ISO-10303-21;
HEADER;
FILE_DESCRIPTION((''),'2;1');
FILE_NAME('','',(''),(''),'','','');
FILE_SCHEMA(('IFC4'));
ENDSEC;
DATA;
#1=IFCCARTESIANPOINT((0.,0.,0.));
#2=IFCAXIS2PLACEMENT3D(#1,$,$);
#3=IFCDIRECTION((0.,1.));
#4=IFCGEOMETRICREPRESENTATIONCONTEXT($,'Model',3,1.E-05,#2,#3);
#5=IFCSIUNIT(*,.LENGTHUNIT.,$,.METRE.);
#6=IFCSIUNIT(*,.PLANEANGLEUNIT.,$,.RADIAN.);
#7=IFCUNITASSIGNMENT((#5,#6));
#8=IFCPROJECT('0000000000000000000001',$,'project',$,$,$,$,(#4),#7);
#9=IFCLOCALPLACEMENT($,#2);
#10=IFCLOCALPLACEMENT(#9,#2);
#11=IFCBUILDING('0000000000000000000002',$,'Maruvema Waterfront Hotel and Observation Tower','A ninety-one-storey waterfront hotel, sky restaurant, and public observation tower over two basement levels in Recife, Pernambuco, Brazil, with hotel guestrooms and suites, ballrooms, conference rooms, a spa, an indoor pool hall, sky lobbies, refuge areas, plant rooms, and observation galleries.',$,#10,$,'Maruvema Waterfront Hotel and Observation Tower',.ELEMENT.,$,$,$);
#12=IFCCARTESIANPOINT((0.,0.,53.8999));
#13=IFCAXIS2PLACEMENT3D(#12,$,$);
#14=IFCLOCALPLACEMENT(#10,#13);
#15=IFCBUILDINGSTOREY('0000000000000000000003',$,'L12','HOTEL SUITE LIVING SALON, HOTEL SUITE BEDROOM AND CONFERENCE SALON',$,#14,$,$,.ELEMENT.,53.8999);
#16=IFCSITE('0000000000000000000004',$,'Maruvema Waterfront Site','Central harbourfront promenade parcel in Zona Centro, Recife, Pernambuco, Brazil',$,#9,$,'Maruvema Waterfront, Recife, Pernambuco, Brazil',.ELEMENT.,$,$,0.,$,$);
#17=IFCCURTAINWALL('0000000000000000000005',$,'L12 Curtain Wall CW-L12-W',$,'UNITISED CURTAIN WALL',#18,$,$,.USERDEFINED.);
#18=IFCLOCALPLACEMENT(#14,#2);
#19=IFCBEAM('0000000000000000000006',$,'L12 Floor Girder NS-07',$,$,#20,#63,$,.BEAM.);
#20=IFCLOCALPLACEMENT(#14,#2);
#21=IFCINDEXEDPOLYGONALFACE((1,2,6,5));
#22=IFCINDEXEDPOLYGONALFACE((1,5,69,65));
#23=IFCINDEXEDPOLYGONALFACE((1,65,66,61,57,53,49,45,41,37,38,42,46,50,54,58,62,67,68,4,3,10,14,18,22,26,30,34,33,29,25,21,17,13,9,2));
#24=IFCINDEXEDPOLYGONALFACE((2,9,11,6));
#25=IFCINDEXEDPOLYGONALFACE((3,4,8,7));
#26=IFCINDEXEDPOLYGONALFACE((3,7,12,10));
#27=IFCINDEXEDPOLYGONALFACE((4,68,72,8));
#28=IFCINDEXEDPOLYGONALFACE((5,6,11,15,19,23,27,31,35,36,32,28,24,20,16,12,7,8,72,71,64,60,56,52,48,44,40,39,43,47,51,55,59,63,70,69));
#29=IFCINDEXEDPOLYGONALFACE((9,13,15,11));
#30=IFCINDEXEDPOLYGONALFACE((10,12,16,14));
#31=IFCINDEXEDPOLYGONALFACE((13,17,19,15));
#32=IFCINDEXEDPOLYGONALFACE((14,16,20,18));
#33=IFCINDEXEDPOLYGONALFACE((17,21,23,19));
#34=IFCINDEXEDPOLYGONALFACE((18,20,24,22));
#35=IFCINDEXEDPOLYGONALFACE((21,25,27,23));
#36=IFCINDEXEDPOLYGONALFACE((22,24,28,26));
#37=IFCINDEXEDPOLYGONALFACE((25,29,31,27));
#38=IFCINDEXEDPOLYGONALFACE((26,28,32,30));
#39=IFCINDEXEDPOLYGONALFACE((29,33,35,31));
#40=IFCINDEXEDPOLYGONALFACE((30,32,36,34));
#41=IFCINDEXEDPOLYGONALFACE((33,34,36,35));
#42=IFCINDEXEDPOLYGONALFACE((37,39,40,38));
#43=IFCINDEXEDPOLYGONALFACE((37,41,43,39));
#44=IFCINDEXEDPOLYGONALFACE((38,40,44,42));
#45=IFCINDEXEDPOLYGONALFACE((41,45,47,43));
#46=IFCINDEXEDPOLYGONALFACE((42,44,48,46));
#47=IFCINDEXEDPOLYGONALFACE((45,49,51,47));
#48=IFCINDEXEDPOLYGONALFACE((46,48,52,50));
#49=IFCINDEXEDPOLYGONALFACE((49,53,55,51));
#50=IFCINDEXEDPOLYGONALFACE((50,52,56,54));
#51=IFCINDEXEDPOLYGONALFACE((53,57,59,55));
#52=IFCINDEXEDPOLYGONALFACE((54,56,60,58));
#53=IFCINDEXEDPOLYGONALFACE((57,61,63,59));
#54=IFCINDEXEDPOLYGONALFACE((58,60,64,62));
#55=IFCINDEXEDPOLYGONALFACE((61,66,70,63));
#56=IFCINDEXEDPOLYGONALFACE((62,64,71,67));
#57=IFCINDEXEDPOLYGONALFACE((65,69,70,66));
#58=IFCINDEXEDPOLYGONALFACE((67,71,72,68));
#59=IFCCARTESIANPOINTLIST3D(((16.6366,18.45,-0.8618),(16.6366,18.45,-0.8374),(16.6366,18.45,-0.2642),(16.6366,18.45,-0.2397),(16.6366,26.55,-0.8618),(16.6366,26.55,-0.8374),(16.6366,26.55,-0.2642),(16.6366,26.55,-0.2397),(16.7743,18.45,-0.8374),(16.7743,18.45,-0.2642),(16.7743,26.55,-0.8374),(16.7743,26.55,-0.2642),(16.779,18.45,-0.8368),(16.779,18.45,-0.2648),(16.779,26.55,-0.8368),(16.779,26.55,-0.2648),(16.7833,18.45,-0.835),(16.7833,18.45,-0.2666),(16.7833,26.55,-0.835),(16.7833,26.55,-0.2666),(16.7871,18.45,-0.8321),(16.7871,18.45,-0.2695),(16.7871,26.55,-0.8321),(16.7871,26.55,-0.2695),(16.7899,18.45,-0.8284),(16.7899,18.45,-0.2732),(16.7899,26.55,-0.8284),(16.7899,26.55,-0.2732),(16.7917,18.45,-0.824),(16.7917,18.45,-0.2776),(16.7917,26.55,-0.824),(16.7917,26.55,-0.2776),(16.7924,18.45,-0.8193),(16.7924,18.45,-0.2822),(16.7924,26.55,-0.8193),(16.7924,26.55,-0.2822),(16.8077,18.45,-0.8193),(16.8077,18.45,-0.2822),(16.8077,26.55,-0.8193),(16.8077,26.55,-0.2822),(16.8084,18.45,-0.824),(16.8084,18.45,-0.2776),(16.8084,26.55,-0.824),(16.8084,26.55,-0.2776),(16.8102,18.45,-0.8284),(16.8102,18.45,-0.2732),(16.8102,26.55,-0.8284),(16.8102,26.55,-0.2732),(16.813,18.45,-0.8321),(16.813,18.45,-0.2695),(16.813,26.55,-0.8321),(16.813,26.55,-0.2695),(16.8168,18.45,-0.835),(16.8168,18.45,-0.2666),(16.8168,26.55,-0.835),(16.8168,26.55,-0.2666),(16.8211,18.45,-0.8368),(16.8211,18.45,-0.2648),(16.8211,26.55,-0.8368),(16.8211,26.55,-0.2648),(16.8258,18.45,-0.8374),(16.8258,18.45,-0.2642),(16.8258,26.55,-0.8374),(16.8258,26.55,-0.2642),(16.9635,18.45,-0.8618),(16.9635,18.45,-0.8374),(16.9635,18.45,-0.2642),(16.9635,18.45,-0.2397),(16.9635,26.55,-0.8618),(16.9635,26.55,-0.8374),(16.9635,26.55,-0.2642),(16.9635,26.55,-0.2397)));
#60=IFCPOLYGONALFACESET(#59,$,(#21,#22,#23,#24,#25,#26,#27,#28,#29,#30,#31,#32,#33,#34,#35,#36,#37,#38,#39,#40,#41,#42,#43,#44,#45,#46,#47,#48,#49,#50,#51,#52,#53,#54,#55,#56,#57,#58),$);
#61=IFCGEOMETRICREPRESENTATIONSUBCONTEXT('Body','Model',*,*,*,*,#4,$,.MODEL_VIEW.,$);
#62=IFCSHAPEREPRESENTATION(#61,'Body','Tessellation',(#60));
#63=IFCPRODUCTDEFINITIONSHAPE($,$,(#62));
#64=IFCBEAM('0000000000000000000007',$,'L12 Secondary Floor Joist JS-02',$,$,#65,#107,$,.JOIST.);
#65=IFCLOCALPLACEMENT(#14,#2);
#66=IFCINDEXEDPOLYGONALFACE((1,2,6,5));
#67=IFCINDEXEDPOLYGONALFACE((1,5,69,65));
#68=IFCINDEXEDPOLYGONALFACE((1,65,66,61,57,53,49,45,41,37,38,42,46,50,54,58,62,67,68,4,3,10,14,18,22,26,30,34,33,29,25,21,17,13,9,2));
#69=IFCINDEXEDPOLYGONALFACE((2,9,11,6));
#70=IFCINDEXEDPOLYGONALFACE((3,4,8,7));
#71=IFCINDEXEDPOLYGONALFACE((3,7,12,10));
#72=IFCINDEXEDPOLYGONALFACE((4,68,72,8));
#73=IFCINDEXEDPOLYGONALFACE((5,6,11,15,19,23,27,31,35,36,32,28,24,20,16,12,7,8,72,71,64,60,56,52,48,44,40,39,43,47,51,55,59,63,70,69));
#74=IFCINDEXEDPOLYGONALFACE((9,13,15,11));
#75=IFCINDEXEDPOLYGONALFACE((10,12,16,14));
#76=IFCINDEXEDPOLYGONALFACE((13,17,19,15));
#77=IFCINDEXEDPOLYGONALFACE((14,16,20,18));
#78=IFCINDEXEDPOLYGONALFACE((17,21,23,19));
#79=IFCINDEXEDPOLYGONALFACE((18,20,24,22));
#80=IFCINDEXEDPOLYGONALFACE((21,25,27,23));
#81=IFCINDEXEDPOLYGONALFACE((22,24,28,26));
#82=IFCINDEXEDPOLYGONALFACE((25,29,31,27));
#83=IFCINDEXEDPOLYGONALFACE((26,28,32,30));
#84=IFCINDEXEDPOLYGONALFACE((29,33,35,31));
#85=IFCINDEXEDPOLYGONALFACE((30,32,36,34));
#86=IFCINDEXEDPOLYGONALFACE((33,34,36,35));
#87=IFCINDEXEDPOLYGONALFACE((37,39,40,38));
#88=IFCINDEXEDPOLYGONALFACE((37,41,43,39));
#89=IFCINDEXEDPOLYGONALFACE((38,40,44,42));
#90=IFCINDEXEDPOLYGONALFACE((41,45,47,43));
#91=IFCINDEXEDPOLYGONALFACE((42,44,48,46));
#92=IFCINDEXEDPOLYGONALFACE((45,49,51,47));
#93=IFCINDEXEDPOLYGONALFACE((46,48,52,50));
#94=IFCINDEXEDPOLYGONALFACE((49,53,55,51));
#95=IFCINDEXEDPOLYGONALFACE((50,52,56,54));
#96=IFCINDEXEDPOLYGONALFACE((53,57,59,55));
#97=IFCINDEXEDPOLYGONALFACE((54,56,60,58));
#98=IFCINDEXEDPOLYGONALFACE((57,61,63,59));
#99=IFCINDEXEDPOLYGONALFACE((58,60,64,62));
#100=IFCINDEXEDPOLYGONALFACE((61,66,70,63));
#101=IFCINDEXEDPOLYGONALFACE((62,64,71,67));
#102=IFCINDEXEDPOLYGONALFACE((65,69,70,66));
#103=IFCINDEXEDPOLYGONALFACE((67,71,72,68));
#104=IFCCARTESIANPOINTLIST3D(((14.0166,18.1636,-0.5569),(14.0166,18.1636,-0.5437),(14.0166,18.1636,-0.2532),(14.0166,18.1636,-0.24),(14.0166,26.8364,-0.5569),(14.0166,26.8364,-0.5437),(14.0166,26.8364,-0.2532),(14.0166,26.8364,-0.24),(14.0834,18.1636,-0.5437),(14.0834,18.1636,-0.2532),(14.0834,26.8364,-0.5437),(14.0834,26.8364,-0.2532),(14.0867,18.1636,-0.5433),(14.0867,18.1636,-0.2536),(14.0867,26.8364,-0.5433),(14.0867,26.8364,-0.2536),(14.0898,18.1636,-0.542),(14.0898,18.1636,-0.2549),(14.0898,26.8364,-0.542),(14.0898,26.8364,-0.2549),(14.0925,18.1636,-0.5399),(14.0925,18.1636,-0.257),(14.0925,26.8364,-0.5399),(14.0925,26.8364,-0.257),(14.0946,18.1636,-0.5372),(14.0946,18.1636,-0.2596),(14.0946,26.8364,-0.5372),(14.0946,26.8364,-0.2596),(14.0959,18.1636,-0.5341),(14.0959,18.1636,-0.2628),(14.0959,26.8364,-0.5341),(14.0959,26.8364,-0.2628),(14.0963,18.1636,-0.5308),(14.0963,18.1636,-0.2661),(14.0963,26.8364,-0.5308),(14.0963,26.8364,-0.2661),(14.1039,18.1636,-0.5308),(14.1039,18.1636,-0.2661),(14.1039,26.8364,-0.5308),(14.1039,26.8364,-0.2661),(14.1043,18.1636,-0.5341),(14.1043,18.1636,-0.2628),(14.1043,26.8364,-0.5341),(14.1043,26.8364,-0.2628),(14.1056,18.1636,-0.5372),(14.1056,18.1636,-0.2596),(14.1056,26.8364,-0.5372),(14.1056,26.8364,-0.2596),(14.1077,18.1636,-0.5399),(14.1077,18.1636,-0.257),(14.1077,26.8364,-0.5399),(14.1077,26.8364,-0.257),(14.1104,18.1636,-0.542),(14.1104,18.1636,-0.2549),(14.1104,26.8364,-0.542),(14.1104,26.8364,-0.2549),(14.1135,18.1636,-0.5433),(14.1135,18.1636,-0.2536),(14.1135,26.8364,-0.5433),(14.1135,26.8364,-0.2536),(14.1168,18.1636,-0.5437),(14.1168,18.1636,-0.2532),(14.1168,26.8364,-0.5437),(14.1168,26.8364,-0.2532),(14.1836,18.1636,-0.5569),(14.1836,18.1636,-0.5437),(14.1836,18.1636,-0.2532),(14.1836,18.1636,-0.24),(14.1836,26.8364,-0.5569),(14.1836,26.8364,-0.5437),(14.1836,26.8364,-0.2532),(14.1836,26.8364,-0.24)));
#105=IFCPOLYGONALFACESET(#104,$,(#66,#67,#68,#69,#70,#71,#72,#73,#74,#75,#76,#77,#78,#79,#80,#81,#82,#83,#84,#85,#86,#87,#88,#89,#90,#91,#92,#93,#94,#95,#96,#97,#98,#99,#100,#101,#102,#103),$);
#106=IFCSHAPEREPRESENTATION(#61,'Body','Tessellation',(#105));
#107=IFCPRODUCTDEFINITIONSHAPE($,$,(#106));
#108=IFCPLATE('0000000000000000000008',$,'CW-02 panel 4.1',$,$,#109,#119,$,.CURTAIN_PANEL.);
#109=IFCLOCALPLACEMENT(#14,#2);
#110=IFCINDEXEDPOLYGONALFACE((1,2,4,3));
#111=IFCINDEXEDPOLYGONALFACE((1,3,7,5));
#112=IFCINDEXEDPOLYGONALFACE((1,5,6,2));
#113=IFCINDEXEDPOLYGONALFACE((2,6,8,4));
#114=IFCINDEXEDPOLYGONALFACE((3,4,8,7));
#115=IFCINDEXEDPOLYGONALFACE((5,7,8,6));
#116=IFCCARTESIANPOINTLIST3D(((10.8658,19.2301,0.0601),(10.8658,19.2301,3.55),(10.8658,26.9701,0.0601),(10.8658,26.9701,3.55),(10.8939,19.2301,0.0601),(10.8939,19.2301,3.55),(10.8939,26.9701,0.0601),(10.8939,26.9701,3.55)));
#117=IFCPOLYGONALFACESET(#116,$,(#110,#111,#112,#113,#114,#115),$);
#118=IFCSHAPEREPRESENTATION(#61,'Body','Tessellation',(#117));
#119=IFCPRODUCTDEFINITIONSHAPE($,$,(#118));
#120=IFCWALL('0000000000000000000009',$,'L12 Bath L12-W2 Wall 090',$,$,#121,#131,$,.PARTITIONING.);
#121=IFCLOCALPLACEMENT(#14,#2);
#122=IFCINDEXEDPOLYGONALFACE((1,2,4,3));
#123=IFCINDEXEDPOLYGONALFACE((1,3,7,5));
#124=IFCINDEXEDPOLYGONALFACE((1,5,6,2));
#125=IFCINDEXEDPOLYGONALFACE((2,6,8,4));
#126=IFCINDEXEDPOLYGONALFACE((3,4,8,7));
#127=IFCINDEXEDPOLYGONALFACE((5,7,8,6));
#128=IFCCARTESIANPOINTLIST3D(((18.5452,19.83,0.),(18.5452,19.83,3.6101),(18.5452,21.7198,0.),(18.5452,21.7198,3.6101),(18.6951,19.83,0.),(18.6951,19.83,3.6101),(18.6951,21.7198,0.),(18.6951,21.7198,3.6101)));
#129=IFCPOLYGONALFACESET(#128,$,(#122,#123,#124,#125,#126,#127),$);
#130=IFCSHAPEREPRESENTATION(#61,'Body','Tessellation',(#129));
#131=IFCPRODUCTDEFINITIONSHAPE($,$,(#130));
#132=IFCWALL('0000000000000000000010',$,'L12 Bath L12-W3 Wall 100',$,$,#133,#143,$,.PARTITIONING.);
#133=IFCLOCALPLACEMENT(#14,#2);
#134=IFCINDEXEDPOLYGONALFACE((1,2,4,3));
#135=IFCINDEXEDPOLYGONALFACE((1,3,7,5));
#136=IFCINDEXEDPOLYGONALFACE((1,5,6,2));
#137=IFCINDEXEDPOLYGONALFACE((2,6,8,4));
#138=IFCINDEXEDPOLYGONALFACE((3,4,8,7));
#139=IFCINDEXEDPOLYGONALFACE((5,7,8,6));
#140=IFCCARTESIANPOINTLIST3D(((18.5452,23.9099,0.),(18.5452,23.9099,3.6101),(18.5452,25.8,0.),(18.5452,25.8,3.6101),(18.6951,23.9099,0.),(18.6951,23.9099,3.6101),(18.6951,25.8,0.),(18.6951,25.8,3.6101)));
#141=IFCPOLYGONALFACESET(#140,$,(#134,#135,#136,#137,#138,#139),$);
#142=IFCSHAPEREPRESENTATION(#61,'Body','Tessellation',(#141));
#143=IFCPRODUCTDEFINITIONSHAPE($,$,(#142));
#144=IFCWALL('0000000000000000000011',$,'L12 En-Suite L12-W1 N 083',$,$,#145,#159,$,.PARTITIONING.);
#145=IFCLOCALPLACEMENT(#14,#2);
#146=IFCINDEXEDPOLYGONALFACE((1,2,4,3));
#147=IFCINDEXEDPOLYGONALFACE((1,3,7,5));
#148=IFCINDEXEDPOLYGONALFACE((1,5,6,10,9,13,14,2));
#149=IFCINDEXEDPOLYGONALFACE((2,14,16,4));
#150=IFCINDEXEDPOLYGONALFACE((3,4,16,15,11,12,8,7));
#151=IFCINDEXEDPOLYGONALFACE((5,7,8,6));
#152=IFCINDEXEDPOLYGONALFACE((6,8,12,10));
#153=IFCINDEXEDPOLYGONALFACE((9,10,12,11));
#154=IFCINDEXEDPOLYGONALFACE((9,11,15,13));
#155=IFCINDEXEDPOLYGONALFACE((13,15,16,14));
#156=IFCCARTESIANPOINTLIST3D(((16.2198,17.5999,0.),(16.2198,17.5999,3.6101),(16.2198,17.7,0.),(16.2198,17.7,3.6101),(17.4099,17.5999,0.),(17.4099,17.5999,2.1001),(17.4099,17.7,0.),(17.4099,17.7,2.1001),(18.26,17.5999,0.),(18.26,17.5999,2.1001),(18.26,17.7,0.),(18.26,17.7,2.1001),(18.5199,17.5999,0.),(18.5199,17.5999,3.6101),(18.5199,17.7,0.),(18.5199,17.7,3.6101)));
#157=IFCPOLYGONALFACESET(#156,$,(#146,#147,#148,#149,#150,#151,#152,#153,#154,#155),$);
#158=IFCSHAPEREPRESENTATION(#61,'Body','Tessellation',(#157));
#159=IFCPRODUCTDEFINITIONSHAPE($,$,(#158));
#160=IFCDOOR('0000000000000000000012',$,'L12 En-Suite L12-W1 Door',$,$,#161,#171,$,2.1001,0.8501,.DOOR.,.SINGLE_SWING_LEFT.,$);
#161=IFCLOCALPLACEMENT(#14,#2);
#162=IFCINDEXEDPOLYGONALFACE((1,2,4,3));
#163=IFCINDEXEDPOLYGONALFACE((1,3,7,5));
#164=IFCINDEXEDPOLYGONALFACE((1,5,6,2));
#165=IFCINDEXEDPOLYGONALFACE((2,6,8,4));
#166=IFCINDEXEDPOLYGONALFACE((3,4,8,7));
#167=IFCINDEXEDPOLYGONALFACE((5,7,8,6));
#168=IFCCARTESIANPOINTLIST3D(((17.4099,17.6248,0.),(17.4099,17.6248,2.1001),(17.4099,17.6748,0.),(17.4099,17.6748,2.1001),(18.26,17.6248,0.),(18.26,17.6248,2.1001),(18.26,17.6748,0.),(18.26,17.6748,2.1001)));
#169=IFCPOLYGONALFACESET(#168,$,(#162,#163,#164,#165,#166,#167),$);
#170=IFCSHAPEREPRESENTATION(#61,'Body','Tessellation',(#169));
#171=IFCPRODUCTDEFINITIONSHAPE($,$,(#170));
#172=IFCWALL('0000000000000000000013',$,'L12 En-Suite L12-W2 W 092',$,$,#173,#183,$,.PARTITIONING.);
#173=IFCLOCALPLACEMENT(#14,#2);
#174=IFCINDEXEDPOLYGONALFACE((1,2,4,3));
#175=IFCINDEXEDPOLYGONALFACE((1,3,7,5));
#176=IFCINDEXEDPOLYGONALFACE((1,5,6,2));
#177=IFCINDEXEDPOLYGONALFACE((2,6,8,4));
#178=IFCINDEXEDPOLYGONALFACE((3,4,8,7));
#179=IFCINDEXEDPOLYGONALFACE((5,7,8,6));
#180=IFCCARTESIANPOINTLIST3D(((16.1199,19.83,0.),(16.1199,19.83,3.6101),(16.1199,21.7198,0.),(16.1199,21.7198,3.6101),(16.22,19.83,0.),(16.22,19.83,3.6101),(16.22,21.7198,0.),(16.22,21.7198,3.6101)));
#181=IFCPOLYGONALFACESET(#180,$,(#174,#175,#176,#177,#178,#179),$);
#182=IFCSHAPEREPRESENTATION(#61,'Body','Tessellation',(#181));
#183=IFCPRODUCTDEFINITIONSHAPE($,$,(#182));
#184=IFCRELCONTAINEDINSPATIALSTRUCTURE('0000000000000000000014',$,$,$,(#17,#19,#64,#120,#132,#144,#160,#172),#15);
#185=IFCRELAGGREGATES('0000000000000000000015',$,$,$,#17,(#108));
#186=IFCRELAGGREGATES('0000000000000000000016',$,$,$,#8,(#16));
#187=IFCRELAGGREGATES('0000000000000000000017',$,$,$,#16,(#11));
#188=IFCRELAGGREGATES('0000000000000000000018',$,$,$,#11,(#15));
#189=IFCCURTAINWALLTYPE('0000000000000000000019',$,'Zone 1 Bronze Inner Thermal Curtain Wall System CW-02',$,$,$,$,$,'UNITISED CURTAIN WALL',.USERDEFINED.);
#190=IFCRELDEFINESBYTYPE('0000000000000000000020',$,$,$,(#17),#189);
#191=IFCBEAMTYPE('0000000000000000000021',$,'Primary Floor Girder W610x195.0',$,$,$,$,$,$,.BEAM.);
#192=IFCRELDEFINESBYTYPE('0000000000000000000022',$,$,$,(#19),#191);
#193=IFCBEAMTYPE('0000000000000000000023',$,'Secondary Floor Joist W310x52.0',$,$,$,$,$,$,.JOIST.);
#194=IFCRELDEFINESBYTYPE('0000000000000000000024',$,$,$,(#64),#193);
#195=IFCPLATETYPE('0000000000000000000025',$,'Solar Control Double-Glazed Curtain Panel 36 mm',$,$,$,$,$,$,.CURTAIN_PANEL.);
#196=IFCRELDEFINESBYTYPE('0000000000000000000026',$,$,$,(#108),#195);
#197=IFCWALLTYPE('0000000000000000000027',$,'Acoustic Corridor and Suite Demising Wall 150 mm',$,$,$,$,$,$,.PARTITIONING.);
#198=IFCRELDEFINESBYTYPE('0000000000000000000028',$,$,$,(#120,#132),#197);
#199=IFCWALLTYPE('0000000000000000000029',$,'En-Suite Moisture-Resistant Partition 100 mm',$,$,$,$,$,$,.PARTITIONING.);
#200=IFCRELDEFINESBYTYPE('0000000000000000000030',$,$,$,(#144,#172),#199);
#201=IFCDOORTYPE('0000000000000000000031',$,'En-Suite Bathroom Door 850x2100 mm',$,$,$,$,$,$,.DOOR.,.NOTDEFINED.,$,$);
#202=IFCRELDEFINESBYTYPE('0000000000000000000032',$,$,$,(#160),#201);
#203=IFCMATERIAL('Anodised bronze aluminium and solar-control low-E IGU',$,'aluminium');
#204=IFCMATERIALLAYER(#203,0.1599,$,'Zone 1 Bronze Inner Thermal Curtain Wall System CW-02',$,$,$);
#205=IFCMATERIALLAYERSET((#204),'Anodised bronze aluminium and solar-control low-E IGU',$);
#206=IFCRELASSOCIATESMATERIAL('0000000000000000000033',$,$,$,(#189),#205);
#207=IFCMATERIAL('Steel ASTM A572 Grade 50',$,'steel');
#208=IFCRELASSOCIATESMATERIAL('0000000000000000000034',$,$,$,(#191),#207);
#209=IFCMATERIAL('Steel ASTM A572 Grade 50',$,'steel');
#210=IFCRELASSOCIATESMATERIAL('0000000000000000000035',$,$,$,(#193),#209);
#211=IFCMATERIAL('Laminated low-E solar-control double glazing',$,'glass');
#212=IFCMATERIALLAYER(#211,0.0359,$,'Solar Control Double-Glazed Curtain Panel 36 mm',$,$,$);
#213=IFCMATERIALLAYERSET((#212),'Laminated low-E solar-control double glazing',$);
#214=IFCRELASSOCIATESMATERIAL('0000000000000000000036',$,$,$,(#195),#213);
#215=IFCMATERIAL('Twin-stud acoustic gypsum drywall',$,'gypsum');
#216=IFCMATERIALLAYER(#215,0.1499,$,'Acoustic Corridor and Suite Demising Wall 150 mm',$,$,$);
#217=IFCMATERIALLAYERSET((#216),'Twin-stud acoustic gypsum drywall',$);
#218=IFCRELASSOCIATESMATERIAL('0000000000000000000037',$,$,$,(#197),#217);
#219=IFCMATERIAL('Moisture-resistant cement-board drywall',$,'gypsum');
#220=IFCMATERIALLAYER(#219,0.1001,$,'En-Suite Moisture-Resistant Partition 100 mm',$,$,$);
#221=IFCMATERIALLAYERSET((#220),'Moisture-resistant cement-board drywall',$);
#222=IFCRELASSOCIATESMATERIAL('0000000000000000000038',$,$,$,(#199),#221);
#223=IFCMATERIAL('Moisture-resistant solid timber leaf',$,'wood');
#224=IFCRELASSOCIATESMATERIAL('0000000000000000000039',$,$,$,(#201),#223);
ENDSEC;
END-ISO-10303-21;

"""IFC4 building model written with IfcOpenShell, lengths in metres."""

from ifc_helpers import new_model, si_unit, direction, frame, frame_2d, origin, origin_2d, place, context, subcontext, project, spatial, rectangle, i_section, extrude, material, layer, layer_set, material_profile, profile_set, type_object, element, fill, aggregate, save


model = new_model("IFC4")

# Units and contexts
model_context = context("Model", 3, precision=1e-05, world=origin(), true_north=direction((0.0, 1.0)))
body_context = subcontext(model_context, "Body", "Model", "MODEL_VIEW")
ifc_project = project(units=[si_unit("LENGTHUNIT", "METRE"), si_unit("PLANEANGLEUNIT", "RADIAN")], contexts=[model_context])

# Site, building, storey
site_placement = place(None, origin())
site = spatial("IfcSite", under=ifc_project, at=site_placement, Name="Maruvema Waterfront Site", Description="Central harbourfront promenade parcel in Zona Centro, Recife, Pernambuco, Brazil", LongName="Maruvema Waterfront, Recife, Pernambuco, Brazil", CompositionType="ELEMENT", RefElevation=0.0)
building_placement = place(site_placement, origin())
building = spatial("IfcBuilding", under=site, at=building_placement, Name="Maruvema Waterfront Hotel and Observation Tower", Description="A ninety-one-storey waterfront hotel, sky restaurant, and public observation tower over two basement levels in Recife, Pernambuco, Brazil, with hotel guestrooms and suites, ballrooms, conference rooms, a spa, an indoor pool hall, sky lobbies, refuge areas, plant rooms, and observation galleries.", LongName="Maruvema Waterfront Hotel and Observation Tower", CompositionType="ELEMENT")
storey_placement = place(building_placement, frame((0.0, 0.0, 53.8999)))
storey = spatial("IfcBuildingStorey", under=building, at=storey_placement, Name="L12", Description="HOTEL SUITE LIVING SALON, HOTEL SUITE BEDROOM AND CONFERENCE SALON", CompositionType="ELEMENT", Elevation=53.8999)

# Curtain wall
ifc_material_1 = material(Name="Anodised bronze aluminium and solar-control low-E IGU", Category="aluminium")
ifc_layer_1 = layer(ifc_material_1, 0.1599, Name="Zone 1 Bronze Inner Thermal Curtain Wall System CW-02")
ifc_layer_set_1 = layer_set([ifc_layer_1], Name="Anodised bronze aluminium and solar-control low-E IGU")
curtain_wall_type = type_object("IfcCurtainWallType", Name="Zone 1 Bronze Inner Thermal Curtain Wall System CW-02", ElementType="UNITISED CURTAIN WALL", PredefinedType="USERDEFINED", material=ifc_layer_set_1)
curtain_wall_placement = place(storey_placement, origin())
curtain_wall = element("IfcCurtainWall", 1, at=curtain_wall_placement, inside=storey, type_object=curtain_wall_type, Name="L12 Curtain Wall CW-L12-W", ObjectType="UNITISED CURTAIN WALL", PredefinedType="USERDEFINED")

# Beams
ifc_material_2 = material(Name="Steel ASTM A572 Grade 50", Category="steel")
ifc_material_profile_1 = material_profile(ifc_material_2, i_section(OverallWidth=0.3269, OverallDepth=0.6221, WebThickness=0.0154, FlangeThickness=0.0244, FilletRadius=0.0181, at=origin_2d()), Name="W610x195.0")
ifc_profile_set_1 = profile_set([ifc_material_profile_1], Name="Steel ASTM A572 Grade 50")
beam_type_1 = type_object("IfcBeamType", Name="Primary Floor Girder W610x195.0", PredefinedType="BEAM", material=ifc_profile_set_1)
beam_1_placement = place(storey_placement, frame((16.8, 18.45, -0.5508), z_axis=(0.0, 1.0, 0.0), x_axis=(-1.0, 0.0, 0.0)))
element("IfcBeam", 2, at=beam_1_placement, inside=storey, type_object=beam_type_1, Name="L12 Floor Girder NS-07", PredefinedType="BEAM", context=body_context, shape_type="SweptSolid", body=[
    extrude(i_section(OverallWidth=0.3269, OverallDepth=0.6221, WebThickness=0.0154, FlangeThickness=0.0244, FilletRadius=0.0181, at=origin_2d()), origin(), (0.0, 0.0, 1.0), 8.1001),
])
ifc_material_3 = material(Name="Steel ASTM A572 Grade 50", Category="steel")
ifc_material_profile_2 = material_profile(ifc_material_3, i_section(OverallWidth=0.167, OverallDepth=0.3169, WebThickness=0.0076, FlangeThickness=0.0132, FilletRadius=0.0129, at=origin_2d()), Name="W310x52.0")
ifc_profile_set_2 = profile_set([ifc_material_profile_2], Name="Steel ASTM A572 Grade 50")
beam_type_2 = type_object("IfcBeamType", Name="Secondary Floor Joist W310x52.0", PredefinedType="JOIST", material=ifc_profile_set_2)
beam_2_placement = place(storey_placement, frame((14.1001, 18.1636, -0.3984), z_axis=(0.0, 1.0, 0.0), x_axis=(-1.0, 0.0, 0.0)))
element("IfcBeam", 3, at=beam_2_placement, inside=storey, type_object=beam_type_2, Name="L12 Secondary Floor Joist JS-02", PredefinedType="JOIST", context=body_context, shape_type="SweptSolid", body=[
    extrude(i_section(OverallWidth=0.167, OverallDepth=0.3169, WebThickness=0.0076, FlangeThickness=0.0132, FilletRadius=0.0129, at=origin_2d()), origin(), (0.0, 0.0, 1.0), 8.6729),
])

# Plate
ifc_material_4 = material(Name="Laminated low-E solar-control double glazing", Category="glass")
ifc_layer_2 = layer(ifc_material_4, 0.0359, Name="Solar Control Double-Glazed Curtain Panel 36 mm")
ifc_layer_set_2 = layer_set([ifc_layer_2], Name="Laminated low-E solar-control double glazing")
plate_type = type_object("IfcPlateType", Name="Solar Control Double-Glazed Curtain Panel 36 mm", PredefinedType="CURTAIN_PANEL", material=ifc_layer_set_2)
plate_placement = place(storey_placement, frame((10.8799, 23.1001, 0.0601), z_axis=(0.0, 0.0, 1.0), x_axis=(0.0, -1.0, 0.0)))
plate = element("IfcPlate", 4, at=plate_placement, type_object=plate_type, Name="CW-02 panel 4.1", PredefinedType="CURTAIN_PANEL", context=body_context, shape_type="SweptSolid", body=[
    extrude(rectangle(XDim=7.74, YDim=0.0281, at=origin_2d()), origin(), (0.0, 0.0, 1.0), 3.49),
])
aggregate(curtain_wall, [plate])

# Shared definitions
ifc_material_5 = material(Name="Twin-stud acoustic gypsum drywall", Category="gypsum")
ifc_layer_3 = layer(ifc_material_5, 0.1499, Name="Acoustic Corridor and Suite Demising Wall 150 mm")
ifc_layer_set_3 = layer_set([ifc_layer_3], Name="Twin-stud acoustic gypsum drywall")
wall_type_1 = type_object("IfcWallType", Name="Acoustic Corridor and Suite Demising Wall 150 mm", PredefinedType="PARTITIONING", material=ifc_layer_set_3)

# Wall
wall_1_placement = place(storey_placement, frame((18.6201, 19.8301, 0.0), z_axis=(0.0, 0.0, 1.0), x_axis=(0.0, 1.0, 0.0)))
element("IfcWall", 5, at=wall_1_placement, inside=storey, type_object=wall_type_1, Name="L12 Bath L12-W2 Wall 090", PredefinedType="PARTITIONING", context=body_context, shape_type="SweptSolid", body=[
    extrude(rectangle(XDim=1.8899, YDim=0.1499, at=frame_2d((0.9448, 0.0))), origin(), (0.0, 0.0, 1.0), 3.6101),
])

# Wall
wall_2_placement = place(storey_placement, frame((18.6201, 23.9099, 0.0), z_axis=(0.0, 0.0, 1.0), x_axis=(0.0, 1.0, 0.0)))
element("IfcWall", 6, at=wall_2_placement, inside=storey, type_object=wall_type_1, Name="L12 Bath L12-W3 Wall 100", PredefinedType="PARTITIONING", context=body_context, shape_type="SweptSolid", body=[
    extrude(rectangle(XDim=1.8901, YDim=0.1499, at=frame_2d((0.9451, 0.0))), origin(), (0.0, 0.0, 1.0), 3.6101),
])

# Wall, opening, door
ifc_material_6 = material(Name="Moisture-resistant cement-board drywall", Category="gypsum")
ifc_layer_4 = layer(ifc_material_6, 0.1001, Name="En-Suite Moisture-Resistant Partition 100 mm")
ifc_layer_set_4 = layer_set([ifc_layer_4], Name="Moisture-resistant cement-board drywall")
wall_type_2 = type_object("IfcWallType", Name="En-Suite Moisture-Resistant Partition 100 mm", PredefinedType="PARTITIONING", material=ifc_layer_set_4)
wall_3_placement = place(storey_placement, frame((16.22, 17.6499, 0.0), z_axis=(0.0, 0.0, 1.0), x_axis=(1.0, 0.0, 0.0)))
wall_3 = element("IfcWall", 7, at=wall_3_placement, inside=storey, type_object=wall_type_2, Name="L12 En-Suite L12-W1 N 083", PredefinedType="PARTITIONING", context=body_context, shape_type="SweptSolid", body=[
    extrude(rectangle(XDim=2.3, YDim=0.1001, at=frame_2d((1.1499, 0.0))), origin(), (0.0, 0.0, 1.0), 3.6101),
])
opening_1_placement = place(wall_3_placement, frame((1.1899, 0.0, 0.0)))
opening_1 = element("IfcOpeningElement", 8, at=opening_1_placement, cuts=wall_3, PredefinedType="OPENING", context=body_context, shape_type="SweptSolid", body=[
    extrude(rectangle(XDim=0.8501, YDim=2.1001, at=frame_2d((0.425, 1.05))), frame((0.0, 0.0601, 0.0), z_axis=(0.0, -1.0, 0.0), x_axis=(1.0, 0.0, 0.0)), (0.0, 0.0, 1.0), 0.1201),
])
ifc_material_7 = material(Name="Moisture-resistant solid timber leaf", Category="wood")
door_type_1 = type_object("IfcDoorType", Name="En-Suite Bathroom Door 850x2100 mm", OperationType="NOTDEFINED", PredefinedType="DOOR", material=ifc_material_7)
door_1_placement = place(opening_1_placement, origin())
door_1 = element("IfcDoor", 9, at=door_1_placement, inside=storey, type_object=door_type_1, Name="L12 En-Suite L12-W1 Door", OperationType="SINGLE_SWING_LEFT", OverallHeight=2.1001, OverallWidth=0.8501, PredefinedType="DOOR", context=body_context, shape_type="SweptSolid", body=[
    extrude(rectangle(XDim=0.8501, YDim=2.1001, at=frame_2d((0.425, 1.05))), frame((0.0, 0.0249, 0.0), z_axis=(0.0, -1.0, 0.0), x_axis=(1.0, 0.0, 0.0)), (0.0, 0.0, 1.0), 0.05),
])
fill(opening_1, door_1)

# Wall
wall_4_placement = place(storey_placement, frame((16.1699, 19.8301, 0.0), z_axis=(0.0, 0.0, 1.0), x_axis=(0.0, 1.0, 0.0)))
element("IfcWall", 10, at=wall_4_placement, inside=storey, type_object=wall_type_2, Name="L12 En-Suite L12-W2 W 092", PredefinedType="PARTITIONING", context=body_context, shape_type="SweptSolid", body=[
    extrude(rectangle(XDim=1.8899, YDim=0.1001, at=frame_2d((0.9448, 0.0))), origin(), (0.0, 0.0, 1.0), 3.6101),
])

save(model, "model.ifc")
